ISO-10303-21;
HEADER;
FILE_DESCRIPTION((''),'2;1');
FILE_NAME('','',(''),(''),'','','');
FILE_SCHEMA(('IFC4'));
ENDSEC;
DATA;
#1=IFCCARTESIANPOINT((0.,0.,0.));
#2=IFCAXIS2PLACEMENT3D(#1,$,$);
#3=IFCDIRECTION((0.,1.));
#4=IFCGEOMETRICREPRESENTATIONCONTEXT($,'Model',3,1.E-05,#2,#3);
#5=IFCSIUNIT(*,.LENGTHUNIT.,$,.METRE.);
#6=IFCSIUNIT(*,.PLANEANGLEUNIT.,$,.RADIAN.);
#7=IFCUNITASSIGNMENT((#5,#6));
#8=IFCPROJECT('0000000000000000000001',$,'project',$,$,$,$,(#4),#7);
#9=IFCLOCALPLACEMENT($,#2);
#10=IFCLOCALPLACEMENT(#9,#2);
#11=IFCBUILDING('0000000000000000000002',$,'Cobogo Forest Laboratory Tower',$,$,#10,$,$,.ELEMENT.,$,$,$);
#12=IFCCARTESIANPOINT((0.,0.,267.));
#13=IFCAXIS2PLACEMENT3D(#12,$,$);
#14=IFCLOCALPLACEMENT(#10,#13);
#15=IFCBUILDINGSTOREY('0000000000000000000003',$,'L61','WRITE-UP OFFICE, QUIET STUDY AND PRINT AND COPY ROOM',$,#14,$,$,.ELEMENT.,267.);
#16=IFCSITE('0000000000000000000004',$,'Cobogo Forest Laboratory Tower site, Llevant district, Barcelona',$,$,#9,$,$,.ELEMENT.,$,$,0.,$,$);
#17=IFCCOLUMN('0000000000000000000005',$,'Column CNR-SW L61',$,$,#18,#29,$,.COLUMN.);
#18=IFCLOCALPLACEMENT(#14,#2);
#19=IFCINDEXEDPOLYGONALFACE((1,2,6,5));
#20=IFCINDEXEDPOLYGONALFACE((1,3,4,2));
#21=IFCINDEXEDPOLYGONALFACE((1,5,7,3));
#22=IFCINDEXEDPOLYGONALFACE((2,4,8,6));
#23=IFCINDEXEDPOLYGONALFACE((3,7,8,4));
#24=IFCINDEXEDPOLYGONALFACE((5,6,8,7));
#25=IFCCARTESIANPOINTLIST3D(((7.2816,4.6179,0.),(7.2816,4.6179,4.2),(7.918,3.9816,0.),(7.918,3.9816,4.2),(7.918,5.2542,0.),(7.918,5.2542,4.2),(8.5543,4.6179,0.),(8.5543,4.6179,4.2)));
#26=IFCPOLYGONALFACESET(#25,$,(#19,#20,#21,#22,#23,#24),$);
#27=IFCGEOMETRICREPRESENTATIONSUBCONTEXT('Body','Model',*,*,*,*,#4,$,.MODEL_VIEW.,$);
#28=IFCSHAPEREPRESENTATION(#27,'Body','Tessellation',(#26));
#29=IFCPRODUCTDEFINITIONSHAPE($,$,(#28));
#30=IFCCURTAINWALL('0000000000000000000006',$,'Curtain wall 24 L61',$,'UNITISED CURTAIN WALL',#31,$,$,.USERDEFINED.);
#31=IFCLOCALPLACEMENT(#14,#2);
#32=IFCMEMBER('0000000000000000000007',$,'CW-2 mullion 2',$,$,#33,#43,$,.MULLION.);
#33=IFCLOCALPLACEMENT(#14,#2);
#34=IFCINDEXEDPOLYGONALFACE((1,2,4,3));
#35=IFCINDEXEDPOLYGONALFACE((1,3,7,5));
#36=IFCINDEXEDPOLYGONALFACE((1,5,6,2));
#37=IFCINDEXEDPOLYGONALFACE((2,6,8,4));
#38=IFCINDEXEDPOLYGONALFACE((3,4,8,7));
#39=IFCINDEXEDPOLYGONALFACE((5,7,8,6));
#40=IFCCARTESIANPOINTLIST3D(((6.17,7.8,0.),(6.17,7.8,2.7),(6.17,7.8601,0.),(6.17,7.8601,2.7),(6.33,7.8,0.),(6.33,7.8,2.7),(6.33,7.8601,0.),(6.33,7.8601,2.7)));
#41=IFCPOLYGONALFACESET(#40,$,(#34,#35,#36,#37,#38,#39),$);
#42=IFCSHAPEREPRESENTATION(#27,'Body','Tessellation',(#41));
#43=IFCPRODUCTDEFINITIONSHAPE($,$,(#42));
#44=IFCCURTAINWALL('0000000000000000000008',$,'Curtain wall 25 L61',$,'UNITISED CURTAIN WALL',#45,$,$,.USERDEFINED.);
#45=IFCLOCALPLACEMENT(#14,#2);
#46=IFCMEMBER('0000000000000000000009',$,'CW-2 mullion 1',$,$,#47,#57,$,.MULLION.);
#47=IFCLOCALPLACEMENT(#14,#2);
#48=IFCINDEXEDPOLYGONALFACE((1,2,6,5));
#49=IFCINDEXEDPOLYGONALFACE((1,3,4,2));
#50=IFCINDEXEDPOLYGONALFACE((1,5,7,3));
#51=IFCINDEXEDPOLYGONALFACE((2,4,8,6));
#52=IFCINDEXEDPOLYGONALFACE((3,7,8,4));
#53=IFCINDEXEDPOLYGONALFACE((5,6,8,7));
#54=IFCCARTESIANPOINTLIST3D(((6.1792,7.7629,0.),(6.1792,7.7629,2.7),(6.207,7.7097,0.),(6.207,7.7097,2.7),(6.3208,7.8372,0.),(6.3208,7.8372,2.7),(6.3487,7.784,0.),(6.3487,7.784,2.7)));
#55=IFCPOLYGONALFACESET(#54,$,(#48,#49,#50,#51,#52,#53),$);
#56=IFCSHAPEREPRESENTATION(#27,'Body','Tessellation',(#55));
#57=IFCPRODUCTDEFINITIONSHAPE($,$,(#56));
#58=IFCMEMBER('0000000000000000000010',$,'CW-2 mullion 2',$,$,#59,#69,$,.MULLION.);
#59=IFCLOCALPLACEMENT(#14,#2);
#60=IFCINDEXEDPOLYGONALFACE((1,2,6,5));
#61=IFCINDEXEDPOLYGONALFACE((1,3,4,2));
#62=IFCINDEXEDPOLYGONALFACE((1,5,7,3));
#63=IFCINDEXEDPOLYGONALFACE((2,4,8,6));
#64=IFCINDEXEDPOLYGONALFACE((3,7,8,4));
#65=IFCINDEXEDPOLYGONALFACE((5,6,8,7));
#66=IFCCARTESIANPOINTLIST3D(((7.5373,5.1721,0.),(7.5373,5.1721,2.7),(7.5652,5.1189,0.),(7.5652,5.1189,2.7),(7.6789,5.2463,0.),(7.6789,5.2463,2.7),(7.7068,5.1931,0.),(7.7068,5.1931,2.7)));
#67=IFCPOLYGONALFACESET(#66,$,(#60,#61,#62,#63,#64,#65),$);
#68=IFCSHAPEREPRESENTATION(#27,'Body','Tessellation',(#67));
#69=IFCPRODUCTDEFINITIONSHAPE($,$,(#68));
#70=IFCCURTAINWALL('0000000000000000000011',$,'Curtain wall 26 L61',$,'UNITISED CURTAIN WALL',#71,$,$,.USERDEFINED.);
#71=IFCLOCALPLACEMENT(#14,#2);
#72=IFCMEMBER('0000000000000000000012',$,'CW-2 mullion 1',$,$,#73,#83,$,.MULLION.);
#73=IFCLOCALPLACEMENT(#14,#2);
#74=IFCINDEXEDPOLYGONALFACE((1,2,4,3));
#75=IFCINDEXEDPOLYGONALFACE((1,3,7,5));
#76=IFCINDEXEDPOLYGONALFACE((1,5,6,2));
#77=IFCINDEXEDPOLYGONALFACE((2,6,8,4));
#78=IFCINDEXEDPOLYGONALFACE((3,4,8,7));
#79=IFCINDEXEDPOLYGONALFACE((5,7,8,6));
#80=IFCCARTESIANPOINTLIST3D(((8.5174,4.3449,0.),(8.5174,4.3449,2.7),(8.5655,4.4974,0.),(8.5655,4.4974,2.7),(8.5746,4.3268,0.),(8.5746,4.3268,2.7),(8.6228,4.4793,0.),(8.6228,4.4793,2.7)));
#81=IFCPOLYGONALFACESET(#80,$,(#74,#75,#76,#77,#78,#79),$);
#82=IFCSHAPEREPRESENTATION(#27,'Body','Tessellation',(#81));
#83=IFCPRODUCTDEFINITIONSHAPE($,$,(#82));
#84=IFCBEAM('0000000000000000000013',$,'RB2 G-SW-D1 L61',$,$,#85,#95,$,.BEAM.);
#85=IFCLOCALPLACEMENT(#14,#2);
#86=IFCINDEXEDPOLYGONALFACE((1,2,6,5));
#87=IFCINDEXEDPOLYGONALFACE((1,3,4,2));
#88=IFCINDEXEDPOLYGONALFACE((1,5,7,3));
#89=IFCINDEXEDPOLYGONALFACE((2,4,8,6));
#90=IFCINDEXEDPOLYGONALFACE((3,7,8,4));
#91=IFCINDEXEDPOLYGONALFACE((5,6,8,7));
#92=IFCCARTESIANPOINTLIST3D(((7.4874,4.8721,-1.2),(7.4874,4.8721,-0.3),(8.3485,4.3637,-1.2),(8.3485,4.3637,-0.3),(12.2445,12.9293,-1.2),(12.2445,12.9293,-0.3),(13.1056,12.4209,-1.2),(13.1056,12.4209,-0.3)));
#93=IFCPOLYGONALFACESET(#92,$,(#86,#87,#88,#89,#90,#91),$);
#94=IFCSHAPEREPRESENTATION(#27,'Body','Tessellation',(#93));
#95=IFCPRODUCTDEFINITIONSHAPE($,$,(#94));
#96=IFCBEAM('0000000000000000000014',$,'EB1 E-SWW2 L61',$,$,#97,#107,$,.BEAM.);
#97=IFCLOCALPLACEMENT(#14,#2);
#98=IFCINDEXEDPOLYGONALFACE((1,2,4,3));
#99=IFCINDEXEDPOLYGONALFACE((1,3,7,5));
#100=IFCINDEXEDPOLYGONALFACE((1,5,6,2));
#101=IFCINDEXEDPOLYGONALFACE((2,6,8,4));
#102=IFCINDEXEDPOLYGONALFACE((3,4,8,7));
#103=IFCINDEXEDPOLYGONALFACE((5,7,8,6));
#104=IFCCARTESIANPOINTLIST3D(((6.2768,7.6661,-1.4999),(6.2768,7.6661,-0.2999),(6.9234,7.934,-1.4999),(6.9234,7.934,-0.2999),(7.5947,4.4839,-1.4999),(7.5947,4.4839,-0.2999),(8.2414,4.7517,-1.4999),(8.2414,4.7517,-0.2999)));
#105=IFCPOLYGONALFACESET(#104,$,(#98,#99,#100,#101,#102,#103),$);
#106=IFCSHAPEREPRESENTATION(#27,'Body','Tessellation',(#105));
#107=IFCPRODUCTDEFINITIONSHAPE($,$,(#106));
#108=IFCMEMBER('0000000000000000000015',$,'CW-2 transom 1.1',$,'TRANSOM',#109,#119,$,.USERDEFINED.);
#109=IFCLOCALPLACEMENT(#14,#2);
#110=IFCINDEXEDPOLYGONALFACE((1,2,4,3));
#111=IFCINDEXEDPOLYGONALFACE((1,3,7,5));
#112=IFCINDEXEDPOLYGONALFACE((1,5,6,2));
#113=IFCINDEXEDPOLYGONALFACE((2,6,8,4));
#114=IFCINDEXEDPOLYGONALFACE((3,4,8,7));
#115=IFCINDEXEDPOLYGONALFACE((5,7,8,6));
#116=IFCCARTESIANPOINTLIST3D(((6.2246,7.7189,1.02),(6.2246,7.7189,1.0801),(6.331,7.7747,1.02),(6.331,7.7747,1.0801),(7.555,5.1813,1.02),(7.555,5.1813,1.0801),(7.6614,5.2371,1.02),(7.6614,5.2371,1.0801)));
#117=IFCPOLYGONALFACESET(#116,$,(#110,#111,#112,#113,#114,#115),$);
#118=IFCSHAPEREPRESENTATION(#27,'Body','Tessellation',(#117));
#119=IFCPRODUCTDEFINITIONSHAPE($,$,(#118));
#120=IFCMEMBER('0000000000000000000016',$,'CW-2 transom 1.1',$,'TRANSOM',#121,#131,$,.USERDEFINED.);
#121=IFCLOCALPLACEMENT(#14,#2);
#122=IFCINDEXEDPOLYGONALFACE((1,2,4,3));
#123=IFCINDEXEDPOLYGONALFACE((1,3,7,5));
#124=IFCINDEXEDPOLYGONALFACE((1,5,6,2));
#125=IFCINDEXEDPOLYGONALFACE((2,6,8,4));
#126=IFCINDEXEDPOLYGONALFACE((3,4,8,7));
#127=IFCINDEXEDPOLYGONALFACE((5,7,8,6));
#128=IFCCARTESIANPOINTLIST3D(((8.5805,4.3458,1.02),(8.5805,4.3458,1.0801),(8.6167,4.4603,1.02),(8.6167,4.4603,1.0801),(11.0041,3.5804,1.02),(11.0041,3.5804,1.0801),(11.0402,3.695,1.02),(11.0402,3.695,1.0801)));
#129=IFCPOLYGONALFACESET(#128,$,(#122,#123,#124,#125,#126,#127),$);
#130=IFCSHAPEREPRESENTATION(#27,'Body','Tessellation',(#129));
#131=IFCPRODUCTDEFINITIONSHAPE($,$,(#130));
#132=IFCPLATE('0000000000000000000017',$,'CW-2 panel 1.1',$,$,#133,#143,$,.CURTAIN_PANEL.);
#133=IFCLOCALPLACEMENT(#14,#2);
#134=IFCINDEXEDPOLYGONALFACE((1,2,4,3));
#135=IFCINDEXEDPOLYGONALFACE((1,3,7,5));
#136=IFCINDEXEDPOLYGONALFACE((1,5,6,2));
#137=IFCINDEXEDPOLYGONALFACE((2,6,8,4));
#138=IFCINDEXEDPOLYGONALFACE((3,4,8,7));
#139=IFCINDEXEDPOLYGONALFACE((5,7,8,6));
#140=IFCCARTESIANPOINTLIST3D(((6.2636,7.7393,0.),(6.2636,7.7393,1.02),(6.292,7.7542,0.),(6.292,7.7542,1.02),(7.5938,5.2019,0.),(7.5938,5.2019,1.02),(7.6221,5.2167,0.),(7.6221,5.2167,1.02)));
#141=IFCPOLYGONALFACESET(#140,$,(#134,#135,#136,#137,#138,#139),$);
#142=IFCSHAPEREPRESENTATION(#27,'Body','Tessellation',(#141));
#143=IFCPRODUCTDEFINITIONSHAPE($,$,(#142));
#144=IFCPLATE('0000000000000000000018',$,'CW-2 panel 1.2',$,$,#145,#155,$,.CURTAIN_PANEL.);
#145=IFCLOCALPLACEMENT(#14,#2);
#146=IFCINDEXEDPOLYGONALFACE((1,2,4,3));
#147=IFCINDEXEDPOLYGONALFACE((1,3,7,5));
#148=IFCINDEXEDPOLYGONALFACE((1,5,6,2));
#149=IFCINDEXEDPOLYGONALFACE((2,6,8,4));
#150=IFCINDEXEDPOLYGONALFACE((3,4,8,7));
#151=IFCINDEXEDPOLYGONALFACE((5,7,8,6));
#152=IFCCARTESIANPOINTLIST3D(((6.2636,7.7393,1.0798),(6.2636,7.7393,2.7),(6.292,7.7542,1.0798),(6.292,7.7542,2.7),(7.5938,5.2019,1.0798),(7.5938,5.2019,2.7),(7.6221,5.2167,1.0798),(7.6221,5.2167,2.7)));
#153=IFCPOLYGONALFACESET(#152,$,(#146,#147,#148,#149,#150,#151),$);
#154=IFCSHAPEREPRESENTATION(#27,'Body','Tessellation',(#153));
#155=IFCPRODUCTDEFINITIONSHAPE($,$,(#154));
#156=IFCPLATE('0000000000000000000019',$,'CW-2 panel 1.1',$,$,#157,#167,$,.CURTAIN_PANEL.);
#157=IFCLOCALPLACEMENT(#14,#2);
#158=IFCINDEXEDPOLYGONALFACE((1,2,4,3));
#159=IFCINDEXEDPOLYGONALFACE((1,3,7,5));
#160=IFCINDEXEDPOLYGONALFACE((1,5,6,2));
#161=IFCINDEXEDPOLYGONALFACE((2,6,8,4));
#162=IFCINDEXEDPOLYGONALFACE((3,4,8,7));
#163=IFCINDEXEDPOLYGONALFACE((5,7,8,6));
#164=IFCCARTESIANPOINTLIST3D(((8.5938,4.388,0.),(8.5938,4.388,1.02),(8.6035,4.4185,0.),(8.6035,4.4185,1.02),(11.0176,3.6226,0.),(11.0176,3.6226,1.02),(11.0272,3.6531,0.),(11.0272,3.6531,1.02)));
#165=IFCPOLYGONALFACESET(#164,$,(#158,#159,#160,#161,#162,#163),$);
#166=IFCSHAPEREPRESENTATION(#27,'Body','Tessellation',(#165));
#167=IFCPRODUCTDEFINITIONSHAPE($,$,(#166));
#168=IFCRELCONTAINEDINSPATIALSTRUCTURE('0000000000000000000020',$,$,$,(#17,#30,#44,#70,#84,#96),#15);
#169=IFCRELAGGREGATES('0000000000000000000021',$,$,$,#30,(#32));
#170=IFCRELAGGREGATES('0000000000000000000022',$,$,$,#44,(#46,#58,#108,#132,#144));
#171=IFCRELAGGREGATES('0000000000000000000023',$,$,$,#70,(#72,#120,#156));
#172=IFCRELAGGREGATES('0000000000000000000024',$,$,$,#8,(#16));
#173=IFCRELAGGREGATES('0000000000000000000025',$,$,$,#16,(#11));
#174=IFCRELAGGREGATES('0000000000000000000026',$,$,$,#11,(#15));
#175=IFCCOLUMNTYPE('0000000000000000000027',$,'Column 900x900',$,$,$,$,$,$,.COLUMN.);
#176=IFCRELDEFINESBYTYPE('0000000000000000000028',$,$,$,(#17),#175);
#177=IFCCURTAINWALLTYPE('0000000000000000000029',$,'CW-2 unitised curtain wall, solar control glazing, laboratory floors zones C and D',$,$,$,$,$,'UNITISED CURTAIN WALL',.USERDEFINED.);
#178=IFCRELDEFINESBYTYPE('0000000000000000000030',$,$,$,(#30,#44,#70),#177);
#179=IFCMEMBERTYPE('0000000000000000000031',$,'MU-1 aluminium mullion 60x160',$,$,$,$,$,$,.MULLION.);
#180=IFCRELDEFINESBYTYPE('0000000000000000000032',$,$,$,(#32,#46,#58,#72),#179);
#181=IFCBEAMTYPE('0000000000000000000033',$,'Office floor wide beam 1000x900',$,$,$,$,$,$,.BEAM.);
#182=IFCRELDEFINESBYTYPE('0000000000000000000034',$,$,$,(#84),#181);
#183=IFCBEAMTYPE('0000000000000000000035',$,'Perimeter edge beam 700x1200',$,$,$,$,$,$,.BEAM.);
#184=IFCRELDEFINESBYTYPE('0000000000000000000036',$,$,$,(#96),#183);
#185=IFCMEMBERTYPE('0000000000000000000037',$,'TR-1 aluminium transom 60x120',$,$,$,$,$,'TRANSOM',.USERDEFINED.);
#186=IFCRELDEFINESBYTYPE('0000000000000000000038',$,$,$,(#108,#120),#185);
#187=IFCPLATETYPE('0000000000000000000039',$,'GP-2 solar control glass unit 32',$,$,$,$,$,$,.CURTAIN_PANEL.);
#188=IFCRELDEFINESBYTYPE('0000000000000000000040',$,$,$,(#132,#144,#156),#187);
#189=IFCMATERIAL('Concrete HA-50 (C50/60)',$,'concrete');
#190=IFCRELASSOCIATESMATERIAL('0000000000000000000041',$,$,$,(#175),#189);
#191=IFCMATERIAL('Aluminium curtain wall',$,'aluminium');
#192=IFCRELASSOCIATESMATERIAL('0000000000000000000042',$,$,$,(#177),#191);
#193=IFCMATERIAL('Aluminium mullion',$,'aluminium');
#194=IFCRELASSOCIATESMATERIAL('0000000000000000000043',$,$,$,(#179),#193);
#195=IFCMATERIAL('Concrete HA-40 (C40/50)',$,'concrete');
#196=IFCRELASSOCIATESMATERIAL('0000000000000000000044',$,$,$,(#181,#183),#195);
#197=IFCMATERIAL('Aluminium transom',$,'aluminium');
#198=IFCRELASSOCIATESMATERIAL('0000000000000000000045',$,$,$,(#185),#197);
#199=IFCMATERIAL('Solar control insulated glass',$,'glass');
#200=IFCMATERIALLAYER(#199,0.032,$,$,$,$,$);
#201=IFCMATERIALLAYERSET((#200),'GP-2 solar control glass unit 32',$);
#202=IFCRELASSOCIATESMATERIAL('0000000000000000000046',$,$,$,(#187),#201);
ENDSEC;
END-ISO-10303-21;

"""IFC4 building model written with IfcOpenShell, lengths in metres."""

from ifc_helpers import new_model, si_unit, direction, frame, origin, origin_2d, place, context, subcontext, project, spatial, rectangle, extrude, material, layer, layer_set, material_profile, profile_set, type_object, element, aggregate, save


model = new_model("IFC4")

# Units and contexts
model_context = context("Model", 3, precision=1e-05, world=origin(), true_north=direction((0.0, 1.0)))
body_context = subcontext(model_context, "Body", "Model", "MODEL_VIEW")
ifc_project = project(units=[si_unit("LENGTHUNIT", "METRE"), si_unit("PLANEANGLEUNIT", "RADIAN")], contexts=[model_context])

# Site, building, storey
site_placement = place(None, origin())
site = spatial("IfcSite", under=ifc_project, at=site_placement, Name="Cobogo Forest Laboratory Tower site, Llevant district, Barcelona", CompositionType="ELEMENT", RefElevation=0.0)
building_placement = place(site_placement, origin())
building = spatial("IfcBuilding", under=site, at=building_placement, Name="Cobogo Forest Laboratory Tower", CompositionType="ELEMENT")
storey_placement = place(building_placement, frame((0.0, 0.0, 267.0)))
storey = spatial("IfcBuildingStorey", under=building, at=storey_placement, Name="L61", Description="WRITE-UP OFFICE, QUIET STUDY AND PRINT AND COPY ROOM", CompositionType="ELEMENT", Elevation=267.0)

# Column
ifc_material_1 = material(Name="Concrete HA-50 (C50/60)", Category="concrete")
ifc_material_profile_1 = material_profile(ifc_material_1, rectangle(XDim=0.8999, YDim=0.8999, at=origin_2d()), Name="RC 900x900")
ifc_profile_set_1 = profile_set([ifc_material_profile_1], Name="Concrete HA-50 (C50/60)")
column_type = type_object("IfcColumnType", Name="Column 900x900", PredefinedType="COLUMN", material=ifc_profile_set_1)
column_placement = place(storey_placement, frame((7.918, 4.6179, 0.0), z_axis=(0.0, 0.0, 1.0), x_axis=(0.707107, 0.707107, 0.0)))
element("IfcColumn", 1, at=column_placement, inside=storey, type_object=column_type, Name="Column CNR-SW L61", PredefinedType="COLUMN", context=body_context, shape_type="SweptSolid", body=[
    extrude(rectangle(XDim=0.8999, YDim=0.8999, at=origin_2d()), origin(), (0.0, 0.0, 1.0), 4.2),
])

# Curtain wall, member
ifc_material_2 = material(Name="Aluminium curtain wall", Category="aluminium")
curtain_wall_type = type_object("IfcCurtainWallType", Name="CW-2 unitised curtain wall, solar control glazing, laboratory floors zones C and D", ElementType="UNITISED CURTAIN WALL", PredefinedType="USERDEFINED", material=ifc_material_2)
curtain_wall_1_placement = place(storey_placement, origin())
curtain_wall_1 = element("IfcCurtainWall", 2, at=curtain_wall_1_placement, inside=storey, type_object=curtain_wall_type, Name="Curtain wall 24 L61", ObjectType="UNITISED CURTAIN WALL", PredefinedType="USERDEFINED")
ifc_material_3 = material(Name="Aluminium mullion", Category="aluminium")
ifc_material_profile_2 = material_profile(ifc_material_3, rectangle(XDim=0.0601, YDim=0.1599, at=origin_2d()), Name="AL 60x160")
ifc_profile_set_2 = profile_set([ifc_material_profile_2], Name="Aluminium mullion")
member_type_1 = type_object("IfcMemberType", Name="MU-1 aluminium mullion 60x160", PredefinedType="MULLION", material=ifc_profile_set_2)
member_1_placement = place(storey_placement, frame((6.25, 7.8301, 0.0), z_axis=(0.0, 0.0, 1.0), x_axis=(0.0, -1.0, 0.0)))
member_1 = element("IfcMember", 3, at=member_1_placement, type_object=member_type_1, Name="CW-2 mullion 2", PredefinedType="MULLION", context=body_context, shape_type="SweptSolid", body=[
    extrude(rectangle(XDim=0.0601, YDim=0.1599, at=origin_2d()), origin(), (0.0, 0.0, 1.0), 2.7),
])
aggregate(curtain_wall_1, [member_1])

# Curtain wall, members
curtain_wall_2_placement = place(storey_placement, origin())
curtain_wall_2 = element("IfcCurtainWall", 4, at=curtain_wall_2_placement, inside=storey, type_object=curtain_wall_type, Name="Curtain wall 25 L61", ObjectType="UNITISED CURTAIN WALL", PredefinedType="USERDEFINED")
member_2_placement = place(storey_placement, frame((6.2639, 7.7734, 0.0), z_axis=(0.0, 0.0, 1.0), x_axis=(0.464284, -0.885686, 0.0)))
member_2 = element("IfcMember", 5, at=member_2_placement, type_object=member_type_1, Name="CW-2 mullion 1", PredefinedType="MULLION", context=body_context, shape_type="SweptSolid", body=[
    extrude(rectangle(XDim=0.0601, YDim=0.1599, at=origin_2d()), origin(), (0.0, 0.0, 1.0), 2.7),
])
member_3_placement = place(storey_placement, frame((7.6221, 5.1826, 0.0), z_axis=(0.0, 0.0, 1.0), x_axis=(0.464284, -0.885686, 0.0)))
member_3 = element("IfcMember", 6, at=member_3_placement, type_object=member_type_1, Name="CW-2 mullion 2", PredefinedType="MULLION", context=body_context, shape_type="SweptSolid", body=[
    extrude(rectangle(XDim=0.0601, YDim=0.1599, at=origin_2d()), origin(), (0.0, 0.0, 1.0), 2.7),
])

# Curtain wall, member
curtain_wall_3_placement = place(storey_placement, origin())
curtain_wall_3 = element("IfcCurtainWall", 7, at=curtain_wall_3_placement, inside=storey, type_object=curtain_wall_type, Name="Curtain wall 26 L61", ObjectType="UNITISED CURTAIN WALL", PredefinedType="USERDEFINED")
member_4_placement = place(storey_placement, frame((8.5701, 4.4121, 0.0), z_axis=(0.0, 0.0, 1.0), x_axis=(0.953581, -0.301135, 0.0)))
member_4 = element("IfcMember", 8, at=member_4_placement, type_object=member_type_1, Name="CW-2 mullion 1", PredefinedType="MULLION", context=body_context, shape_type="SweptSolid", body=[
    extrude(rectangle(XDim=0.0601, YDim=0.1599, at=origin_2d()), origin(), (0.0, 0.0, 1.0), 2.7),
])

# Beams
ifc_material_4 = material(Name="Concrete HA-40 (C40/50)", Category="concrete")
ifc_material_profile_3 = material_profile(ifc_material_4, rectangle(XDim=1.0, YDim=0.8999, at=origin_2d()), Name="RC 1000x900")
ifc_profile_set_3 = profile_set([ifc_material_profile_3], Name="Concrete HA-40 (C40/50)")
beam_type_1 = type_object("IfcBeamType", Name="Office floor wide beam 1000x900", PredefinedType="BEAM", material=ifc_profile_set_3)
beam_1_placement = place(storey_placement, frame((7.918, 4.6179, -0.75), z_axis=(0.508416, 0.861111, 0.0), x_axis=(-0.861111, 0.508416, 0.0)))
element("IfcBeam", 9, at=beam_1_placement, inside=storey, type_object=beam_type_1, Name="RB2 G-SW-D1 L61", PredefinedType="BEAM", context=body_context, shape_type="SweptSolid", body=[
    extrude(rectangle(XDim=1.0, YDim=0.8999, at=origin_2d()), origin(), (0.0, 0.0, 1.0), 9.3567),
])
ifc_material_profile_4 = material_profile(ifc_material_4, rectangle(XDim=0.7, YDim=1.2, at=origin_2d()), Name="RC 700x1200")
ifc_profile_set_4 = profile_set([ifc_material_profile_4], Name="Concrete HA-40 (C40/50)")
beam_type_2 = type_object("IfcBeamType", Name="Perimeter edge beam 700x1200", PredefinedType="BEAM", material=ifc_profile_set_4)
beam_2_placement = place(storey_placement, frame((6.6001, 7.8, -0.8999), z_axis=(0.382631, -0.923901, 0.0), x_axis=(0.923901, 0.382631, 0.0)))
element("IfcBeam", 10, at=beam_2_placement, inside=storey, type_object=beam_type_2, Name="EB1 E-SWW2 L61", PredefinedType="BEAM", context=body_context, shape_type="SweptSolid", body=[
    extrude(rectangle(XDim=0.7, YDim=1.2, at=origin_2d()), origin(), (0.0, 0.0, 1.0), 3.4443),
])

# Members
ifc_material_5 = material(Name="Aluminium transom", Category="aluminium")
ifc_material_profile_5 = material_profile(ifc_material_5, rectangle(XDim=0.1201, YDim=0.0601, at=origin_2d()), Name="AL 60x120")
ifc_profile_set_5 = profile_set([ifc_material_profile_5], Name="Aluminium transom")
member_type_2 = type_object("IfcMemberType", Name="TR-1 aluminium transom 60x120", ElementType="TRANSOM", PredefinedType="USERDEFINED", material=ifc_profile_set_5)
member_5_placement = place(storey_placement, frame((6.2778, 7.7468, 1.05), z_axis=(0.464309, -0.885673, 0.0), x_axis=(0.885673, 0.464309, 0.0)))
member_5 = element("IfcMember", 11, at=member_5_placement, type_object=member_type_2, Name="CW-2 transom 1.1", ObjectType="TRANSOM", PredefinedType="USERDEFINED", context=body_context, shape_type="SweptSolid", body=[
    extrude(rectangle(XDim=0.1201, YDim=0.0601, at=origin_2d()), origin(), (0.0, 0.0, 1.0), 2.8652),
])
member_6_placement = place(storey_placement, frame((8.5986, 4.4031, 1.05), z_axis=(0.953578, -0.301145, 0.0), x_axis=(0.301145, 0.953578, 0.0)))
member_6 = element("IfcMember", 12, at=member_6_placement, type_object=member_type_2, Name="CW-2 transom 1.1", ObjectType="TRANSOM", PredefinedType="USERDEFINED", context=body_context, shape_type="SweptSolid", body=[
    extrude(rectangle(XDim=0.1201, YDim=0.0601, at=origin_2d()), origin(), (0.0, 0.0, 1.0), 2.5415),
])

# Plates
ifc_material_6 = material(Name="Solar control insulated glass", Category="glass")
ifc_layer = layer(ifc_material_6, 0.032)
ifc_layer_set = layer_set([ifc_layer], Name="GP-2 solar control glass unit 32")
plate_type = type_object("IfcPlateType", Name="GP-2 solar control glass unit 32", PredefinedType="CURTAIN_PANEL", material=ifc_layer_set)
plate_1_placement = place(storey_placement, frame((6.9429, 6.478, 0.0), z_axis=(0.0, 0.0, 1.0), x_axis=(0.464284, -0.885686, 0.0)))
plate_1 = element("IfcPlate", 13, at=plate_1_placement, type_object=plate_type, Name="CW-2 panel 1.1", PredefinedType="CURTAIN_PANEL", context=body_context, shape_type="SweptSolid", body=[
    extrude(rectangle(XDim=2.865, YDim=0.032, at=origin_2d()), origin(), (0.0, 0.0, 1.0), 1.02),
])
plate_2_placement = place(storey_placement, frame((6.9429, 6.478, 1.0798), z_axis=(0.0, 0.0, 1.0), x_axis=(0.464284, -0.885686, 0.0)))
plate_2 = element("IfcPlate", 14, at=plate_2_placement, type_object=plate_type, Name="CW-2 panel 1.2", PredefinedType="CURTAIN_PANEL", context=body_context, shape_type="SweptSolid", body=[
    extrude(rectangle(XDim=2.865, YDim=0.032, at=origin_2d()), origin(), (0.0, 0.0, 1.0), 1.6201),
])
aggregate(curtain_wall_2, [member_2, member_3, member_5, plate_1, plate_2])
plate_3_placement = place(storey_placement, frame((9.8105, 4.0205, 0.0), z_axis=(0.0, 0.0, 1.0), x_axis=(0.953581, -0.301135, 0.0)))
plate_3 = element("IfcPlate", 15, at=plate_3_placement, type_object=plate_type, Name="CW-2 panel 1.1", PredefinedType="CURTAIN_PANEL", context=body_context, shape_type="SweptSolid", body=[
    extrude(rectangle(XDim=2.5417, YDim=0.032, at=origin_2d()), origin(), (0.0, 0.0, 1.0), 1.02),
])
aggregate(curtain_wall_3, [member_4, member_6, plate_3])

save(model, "model.ifc")
